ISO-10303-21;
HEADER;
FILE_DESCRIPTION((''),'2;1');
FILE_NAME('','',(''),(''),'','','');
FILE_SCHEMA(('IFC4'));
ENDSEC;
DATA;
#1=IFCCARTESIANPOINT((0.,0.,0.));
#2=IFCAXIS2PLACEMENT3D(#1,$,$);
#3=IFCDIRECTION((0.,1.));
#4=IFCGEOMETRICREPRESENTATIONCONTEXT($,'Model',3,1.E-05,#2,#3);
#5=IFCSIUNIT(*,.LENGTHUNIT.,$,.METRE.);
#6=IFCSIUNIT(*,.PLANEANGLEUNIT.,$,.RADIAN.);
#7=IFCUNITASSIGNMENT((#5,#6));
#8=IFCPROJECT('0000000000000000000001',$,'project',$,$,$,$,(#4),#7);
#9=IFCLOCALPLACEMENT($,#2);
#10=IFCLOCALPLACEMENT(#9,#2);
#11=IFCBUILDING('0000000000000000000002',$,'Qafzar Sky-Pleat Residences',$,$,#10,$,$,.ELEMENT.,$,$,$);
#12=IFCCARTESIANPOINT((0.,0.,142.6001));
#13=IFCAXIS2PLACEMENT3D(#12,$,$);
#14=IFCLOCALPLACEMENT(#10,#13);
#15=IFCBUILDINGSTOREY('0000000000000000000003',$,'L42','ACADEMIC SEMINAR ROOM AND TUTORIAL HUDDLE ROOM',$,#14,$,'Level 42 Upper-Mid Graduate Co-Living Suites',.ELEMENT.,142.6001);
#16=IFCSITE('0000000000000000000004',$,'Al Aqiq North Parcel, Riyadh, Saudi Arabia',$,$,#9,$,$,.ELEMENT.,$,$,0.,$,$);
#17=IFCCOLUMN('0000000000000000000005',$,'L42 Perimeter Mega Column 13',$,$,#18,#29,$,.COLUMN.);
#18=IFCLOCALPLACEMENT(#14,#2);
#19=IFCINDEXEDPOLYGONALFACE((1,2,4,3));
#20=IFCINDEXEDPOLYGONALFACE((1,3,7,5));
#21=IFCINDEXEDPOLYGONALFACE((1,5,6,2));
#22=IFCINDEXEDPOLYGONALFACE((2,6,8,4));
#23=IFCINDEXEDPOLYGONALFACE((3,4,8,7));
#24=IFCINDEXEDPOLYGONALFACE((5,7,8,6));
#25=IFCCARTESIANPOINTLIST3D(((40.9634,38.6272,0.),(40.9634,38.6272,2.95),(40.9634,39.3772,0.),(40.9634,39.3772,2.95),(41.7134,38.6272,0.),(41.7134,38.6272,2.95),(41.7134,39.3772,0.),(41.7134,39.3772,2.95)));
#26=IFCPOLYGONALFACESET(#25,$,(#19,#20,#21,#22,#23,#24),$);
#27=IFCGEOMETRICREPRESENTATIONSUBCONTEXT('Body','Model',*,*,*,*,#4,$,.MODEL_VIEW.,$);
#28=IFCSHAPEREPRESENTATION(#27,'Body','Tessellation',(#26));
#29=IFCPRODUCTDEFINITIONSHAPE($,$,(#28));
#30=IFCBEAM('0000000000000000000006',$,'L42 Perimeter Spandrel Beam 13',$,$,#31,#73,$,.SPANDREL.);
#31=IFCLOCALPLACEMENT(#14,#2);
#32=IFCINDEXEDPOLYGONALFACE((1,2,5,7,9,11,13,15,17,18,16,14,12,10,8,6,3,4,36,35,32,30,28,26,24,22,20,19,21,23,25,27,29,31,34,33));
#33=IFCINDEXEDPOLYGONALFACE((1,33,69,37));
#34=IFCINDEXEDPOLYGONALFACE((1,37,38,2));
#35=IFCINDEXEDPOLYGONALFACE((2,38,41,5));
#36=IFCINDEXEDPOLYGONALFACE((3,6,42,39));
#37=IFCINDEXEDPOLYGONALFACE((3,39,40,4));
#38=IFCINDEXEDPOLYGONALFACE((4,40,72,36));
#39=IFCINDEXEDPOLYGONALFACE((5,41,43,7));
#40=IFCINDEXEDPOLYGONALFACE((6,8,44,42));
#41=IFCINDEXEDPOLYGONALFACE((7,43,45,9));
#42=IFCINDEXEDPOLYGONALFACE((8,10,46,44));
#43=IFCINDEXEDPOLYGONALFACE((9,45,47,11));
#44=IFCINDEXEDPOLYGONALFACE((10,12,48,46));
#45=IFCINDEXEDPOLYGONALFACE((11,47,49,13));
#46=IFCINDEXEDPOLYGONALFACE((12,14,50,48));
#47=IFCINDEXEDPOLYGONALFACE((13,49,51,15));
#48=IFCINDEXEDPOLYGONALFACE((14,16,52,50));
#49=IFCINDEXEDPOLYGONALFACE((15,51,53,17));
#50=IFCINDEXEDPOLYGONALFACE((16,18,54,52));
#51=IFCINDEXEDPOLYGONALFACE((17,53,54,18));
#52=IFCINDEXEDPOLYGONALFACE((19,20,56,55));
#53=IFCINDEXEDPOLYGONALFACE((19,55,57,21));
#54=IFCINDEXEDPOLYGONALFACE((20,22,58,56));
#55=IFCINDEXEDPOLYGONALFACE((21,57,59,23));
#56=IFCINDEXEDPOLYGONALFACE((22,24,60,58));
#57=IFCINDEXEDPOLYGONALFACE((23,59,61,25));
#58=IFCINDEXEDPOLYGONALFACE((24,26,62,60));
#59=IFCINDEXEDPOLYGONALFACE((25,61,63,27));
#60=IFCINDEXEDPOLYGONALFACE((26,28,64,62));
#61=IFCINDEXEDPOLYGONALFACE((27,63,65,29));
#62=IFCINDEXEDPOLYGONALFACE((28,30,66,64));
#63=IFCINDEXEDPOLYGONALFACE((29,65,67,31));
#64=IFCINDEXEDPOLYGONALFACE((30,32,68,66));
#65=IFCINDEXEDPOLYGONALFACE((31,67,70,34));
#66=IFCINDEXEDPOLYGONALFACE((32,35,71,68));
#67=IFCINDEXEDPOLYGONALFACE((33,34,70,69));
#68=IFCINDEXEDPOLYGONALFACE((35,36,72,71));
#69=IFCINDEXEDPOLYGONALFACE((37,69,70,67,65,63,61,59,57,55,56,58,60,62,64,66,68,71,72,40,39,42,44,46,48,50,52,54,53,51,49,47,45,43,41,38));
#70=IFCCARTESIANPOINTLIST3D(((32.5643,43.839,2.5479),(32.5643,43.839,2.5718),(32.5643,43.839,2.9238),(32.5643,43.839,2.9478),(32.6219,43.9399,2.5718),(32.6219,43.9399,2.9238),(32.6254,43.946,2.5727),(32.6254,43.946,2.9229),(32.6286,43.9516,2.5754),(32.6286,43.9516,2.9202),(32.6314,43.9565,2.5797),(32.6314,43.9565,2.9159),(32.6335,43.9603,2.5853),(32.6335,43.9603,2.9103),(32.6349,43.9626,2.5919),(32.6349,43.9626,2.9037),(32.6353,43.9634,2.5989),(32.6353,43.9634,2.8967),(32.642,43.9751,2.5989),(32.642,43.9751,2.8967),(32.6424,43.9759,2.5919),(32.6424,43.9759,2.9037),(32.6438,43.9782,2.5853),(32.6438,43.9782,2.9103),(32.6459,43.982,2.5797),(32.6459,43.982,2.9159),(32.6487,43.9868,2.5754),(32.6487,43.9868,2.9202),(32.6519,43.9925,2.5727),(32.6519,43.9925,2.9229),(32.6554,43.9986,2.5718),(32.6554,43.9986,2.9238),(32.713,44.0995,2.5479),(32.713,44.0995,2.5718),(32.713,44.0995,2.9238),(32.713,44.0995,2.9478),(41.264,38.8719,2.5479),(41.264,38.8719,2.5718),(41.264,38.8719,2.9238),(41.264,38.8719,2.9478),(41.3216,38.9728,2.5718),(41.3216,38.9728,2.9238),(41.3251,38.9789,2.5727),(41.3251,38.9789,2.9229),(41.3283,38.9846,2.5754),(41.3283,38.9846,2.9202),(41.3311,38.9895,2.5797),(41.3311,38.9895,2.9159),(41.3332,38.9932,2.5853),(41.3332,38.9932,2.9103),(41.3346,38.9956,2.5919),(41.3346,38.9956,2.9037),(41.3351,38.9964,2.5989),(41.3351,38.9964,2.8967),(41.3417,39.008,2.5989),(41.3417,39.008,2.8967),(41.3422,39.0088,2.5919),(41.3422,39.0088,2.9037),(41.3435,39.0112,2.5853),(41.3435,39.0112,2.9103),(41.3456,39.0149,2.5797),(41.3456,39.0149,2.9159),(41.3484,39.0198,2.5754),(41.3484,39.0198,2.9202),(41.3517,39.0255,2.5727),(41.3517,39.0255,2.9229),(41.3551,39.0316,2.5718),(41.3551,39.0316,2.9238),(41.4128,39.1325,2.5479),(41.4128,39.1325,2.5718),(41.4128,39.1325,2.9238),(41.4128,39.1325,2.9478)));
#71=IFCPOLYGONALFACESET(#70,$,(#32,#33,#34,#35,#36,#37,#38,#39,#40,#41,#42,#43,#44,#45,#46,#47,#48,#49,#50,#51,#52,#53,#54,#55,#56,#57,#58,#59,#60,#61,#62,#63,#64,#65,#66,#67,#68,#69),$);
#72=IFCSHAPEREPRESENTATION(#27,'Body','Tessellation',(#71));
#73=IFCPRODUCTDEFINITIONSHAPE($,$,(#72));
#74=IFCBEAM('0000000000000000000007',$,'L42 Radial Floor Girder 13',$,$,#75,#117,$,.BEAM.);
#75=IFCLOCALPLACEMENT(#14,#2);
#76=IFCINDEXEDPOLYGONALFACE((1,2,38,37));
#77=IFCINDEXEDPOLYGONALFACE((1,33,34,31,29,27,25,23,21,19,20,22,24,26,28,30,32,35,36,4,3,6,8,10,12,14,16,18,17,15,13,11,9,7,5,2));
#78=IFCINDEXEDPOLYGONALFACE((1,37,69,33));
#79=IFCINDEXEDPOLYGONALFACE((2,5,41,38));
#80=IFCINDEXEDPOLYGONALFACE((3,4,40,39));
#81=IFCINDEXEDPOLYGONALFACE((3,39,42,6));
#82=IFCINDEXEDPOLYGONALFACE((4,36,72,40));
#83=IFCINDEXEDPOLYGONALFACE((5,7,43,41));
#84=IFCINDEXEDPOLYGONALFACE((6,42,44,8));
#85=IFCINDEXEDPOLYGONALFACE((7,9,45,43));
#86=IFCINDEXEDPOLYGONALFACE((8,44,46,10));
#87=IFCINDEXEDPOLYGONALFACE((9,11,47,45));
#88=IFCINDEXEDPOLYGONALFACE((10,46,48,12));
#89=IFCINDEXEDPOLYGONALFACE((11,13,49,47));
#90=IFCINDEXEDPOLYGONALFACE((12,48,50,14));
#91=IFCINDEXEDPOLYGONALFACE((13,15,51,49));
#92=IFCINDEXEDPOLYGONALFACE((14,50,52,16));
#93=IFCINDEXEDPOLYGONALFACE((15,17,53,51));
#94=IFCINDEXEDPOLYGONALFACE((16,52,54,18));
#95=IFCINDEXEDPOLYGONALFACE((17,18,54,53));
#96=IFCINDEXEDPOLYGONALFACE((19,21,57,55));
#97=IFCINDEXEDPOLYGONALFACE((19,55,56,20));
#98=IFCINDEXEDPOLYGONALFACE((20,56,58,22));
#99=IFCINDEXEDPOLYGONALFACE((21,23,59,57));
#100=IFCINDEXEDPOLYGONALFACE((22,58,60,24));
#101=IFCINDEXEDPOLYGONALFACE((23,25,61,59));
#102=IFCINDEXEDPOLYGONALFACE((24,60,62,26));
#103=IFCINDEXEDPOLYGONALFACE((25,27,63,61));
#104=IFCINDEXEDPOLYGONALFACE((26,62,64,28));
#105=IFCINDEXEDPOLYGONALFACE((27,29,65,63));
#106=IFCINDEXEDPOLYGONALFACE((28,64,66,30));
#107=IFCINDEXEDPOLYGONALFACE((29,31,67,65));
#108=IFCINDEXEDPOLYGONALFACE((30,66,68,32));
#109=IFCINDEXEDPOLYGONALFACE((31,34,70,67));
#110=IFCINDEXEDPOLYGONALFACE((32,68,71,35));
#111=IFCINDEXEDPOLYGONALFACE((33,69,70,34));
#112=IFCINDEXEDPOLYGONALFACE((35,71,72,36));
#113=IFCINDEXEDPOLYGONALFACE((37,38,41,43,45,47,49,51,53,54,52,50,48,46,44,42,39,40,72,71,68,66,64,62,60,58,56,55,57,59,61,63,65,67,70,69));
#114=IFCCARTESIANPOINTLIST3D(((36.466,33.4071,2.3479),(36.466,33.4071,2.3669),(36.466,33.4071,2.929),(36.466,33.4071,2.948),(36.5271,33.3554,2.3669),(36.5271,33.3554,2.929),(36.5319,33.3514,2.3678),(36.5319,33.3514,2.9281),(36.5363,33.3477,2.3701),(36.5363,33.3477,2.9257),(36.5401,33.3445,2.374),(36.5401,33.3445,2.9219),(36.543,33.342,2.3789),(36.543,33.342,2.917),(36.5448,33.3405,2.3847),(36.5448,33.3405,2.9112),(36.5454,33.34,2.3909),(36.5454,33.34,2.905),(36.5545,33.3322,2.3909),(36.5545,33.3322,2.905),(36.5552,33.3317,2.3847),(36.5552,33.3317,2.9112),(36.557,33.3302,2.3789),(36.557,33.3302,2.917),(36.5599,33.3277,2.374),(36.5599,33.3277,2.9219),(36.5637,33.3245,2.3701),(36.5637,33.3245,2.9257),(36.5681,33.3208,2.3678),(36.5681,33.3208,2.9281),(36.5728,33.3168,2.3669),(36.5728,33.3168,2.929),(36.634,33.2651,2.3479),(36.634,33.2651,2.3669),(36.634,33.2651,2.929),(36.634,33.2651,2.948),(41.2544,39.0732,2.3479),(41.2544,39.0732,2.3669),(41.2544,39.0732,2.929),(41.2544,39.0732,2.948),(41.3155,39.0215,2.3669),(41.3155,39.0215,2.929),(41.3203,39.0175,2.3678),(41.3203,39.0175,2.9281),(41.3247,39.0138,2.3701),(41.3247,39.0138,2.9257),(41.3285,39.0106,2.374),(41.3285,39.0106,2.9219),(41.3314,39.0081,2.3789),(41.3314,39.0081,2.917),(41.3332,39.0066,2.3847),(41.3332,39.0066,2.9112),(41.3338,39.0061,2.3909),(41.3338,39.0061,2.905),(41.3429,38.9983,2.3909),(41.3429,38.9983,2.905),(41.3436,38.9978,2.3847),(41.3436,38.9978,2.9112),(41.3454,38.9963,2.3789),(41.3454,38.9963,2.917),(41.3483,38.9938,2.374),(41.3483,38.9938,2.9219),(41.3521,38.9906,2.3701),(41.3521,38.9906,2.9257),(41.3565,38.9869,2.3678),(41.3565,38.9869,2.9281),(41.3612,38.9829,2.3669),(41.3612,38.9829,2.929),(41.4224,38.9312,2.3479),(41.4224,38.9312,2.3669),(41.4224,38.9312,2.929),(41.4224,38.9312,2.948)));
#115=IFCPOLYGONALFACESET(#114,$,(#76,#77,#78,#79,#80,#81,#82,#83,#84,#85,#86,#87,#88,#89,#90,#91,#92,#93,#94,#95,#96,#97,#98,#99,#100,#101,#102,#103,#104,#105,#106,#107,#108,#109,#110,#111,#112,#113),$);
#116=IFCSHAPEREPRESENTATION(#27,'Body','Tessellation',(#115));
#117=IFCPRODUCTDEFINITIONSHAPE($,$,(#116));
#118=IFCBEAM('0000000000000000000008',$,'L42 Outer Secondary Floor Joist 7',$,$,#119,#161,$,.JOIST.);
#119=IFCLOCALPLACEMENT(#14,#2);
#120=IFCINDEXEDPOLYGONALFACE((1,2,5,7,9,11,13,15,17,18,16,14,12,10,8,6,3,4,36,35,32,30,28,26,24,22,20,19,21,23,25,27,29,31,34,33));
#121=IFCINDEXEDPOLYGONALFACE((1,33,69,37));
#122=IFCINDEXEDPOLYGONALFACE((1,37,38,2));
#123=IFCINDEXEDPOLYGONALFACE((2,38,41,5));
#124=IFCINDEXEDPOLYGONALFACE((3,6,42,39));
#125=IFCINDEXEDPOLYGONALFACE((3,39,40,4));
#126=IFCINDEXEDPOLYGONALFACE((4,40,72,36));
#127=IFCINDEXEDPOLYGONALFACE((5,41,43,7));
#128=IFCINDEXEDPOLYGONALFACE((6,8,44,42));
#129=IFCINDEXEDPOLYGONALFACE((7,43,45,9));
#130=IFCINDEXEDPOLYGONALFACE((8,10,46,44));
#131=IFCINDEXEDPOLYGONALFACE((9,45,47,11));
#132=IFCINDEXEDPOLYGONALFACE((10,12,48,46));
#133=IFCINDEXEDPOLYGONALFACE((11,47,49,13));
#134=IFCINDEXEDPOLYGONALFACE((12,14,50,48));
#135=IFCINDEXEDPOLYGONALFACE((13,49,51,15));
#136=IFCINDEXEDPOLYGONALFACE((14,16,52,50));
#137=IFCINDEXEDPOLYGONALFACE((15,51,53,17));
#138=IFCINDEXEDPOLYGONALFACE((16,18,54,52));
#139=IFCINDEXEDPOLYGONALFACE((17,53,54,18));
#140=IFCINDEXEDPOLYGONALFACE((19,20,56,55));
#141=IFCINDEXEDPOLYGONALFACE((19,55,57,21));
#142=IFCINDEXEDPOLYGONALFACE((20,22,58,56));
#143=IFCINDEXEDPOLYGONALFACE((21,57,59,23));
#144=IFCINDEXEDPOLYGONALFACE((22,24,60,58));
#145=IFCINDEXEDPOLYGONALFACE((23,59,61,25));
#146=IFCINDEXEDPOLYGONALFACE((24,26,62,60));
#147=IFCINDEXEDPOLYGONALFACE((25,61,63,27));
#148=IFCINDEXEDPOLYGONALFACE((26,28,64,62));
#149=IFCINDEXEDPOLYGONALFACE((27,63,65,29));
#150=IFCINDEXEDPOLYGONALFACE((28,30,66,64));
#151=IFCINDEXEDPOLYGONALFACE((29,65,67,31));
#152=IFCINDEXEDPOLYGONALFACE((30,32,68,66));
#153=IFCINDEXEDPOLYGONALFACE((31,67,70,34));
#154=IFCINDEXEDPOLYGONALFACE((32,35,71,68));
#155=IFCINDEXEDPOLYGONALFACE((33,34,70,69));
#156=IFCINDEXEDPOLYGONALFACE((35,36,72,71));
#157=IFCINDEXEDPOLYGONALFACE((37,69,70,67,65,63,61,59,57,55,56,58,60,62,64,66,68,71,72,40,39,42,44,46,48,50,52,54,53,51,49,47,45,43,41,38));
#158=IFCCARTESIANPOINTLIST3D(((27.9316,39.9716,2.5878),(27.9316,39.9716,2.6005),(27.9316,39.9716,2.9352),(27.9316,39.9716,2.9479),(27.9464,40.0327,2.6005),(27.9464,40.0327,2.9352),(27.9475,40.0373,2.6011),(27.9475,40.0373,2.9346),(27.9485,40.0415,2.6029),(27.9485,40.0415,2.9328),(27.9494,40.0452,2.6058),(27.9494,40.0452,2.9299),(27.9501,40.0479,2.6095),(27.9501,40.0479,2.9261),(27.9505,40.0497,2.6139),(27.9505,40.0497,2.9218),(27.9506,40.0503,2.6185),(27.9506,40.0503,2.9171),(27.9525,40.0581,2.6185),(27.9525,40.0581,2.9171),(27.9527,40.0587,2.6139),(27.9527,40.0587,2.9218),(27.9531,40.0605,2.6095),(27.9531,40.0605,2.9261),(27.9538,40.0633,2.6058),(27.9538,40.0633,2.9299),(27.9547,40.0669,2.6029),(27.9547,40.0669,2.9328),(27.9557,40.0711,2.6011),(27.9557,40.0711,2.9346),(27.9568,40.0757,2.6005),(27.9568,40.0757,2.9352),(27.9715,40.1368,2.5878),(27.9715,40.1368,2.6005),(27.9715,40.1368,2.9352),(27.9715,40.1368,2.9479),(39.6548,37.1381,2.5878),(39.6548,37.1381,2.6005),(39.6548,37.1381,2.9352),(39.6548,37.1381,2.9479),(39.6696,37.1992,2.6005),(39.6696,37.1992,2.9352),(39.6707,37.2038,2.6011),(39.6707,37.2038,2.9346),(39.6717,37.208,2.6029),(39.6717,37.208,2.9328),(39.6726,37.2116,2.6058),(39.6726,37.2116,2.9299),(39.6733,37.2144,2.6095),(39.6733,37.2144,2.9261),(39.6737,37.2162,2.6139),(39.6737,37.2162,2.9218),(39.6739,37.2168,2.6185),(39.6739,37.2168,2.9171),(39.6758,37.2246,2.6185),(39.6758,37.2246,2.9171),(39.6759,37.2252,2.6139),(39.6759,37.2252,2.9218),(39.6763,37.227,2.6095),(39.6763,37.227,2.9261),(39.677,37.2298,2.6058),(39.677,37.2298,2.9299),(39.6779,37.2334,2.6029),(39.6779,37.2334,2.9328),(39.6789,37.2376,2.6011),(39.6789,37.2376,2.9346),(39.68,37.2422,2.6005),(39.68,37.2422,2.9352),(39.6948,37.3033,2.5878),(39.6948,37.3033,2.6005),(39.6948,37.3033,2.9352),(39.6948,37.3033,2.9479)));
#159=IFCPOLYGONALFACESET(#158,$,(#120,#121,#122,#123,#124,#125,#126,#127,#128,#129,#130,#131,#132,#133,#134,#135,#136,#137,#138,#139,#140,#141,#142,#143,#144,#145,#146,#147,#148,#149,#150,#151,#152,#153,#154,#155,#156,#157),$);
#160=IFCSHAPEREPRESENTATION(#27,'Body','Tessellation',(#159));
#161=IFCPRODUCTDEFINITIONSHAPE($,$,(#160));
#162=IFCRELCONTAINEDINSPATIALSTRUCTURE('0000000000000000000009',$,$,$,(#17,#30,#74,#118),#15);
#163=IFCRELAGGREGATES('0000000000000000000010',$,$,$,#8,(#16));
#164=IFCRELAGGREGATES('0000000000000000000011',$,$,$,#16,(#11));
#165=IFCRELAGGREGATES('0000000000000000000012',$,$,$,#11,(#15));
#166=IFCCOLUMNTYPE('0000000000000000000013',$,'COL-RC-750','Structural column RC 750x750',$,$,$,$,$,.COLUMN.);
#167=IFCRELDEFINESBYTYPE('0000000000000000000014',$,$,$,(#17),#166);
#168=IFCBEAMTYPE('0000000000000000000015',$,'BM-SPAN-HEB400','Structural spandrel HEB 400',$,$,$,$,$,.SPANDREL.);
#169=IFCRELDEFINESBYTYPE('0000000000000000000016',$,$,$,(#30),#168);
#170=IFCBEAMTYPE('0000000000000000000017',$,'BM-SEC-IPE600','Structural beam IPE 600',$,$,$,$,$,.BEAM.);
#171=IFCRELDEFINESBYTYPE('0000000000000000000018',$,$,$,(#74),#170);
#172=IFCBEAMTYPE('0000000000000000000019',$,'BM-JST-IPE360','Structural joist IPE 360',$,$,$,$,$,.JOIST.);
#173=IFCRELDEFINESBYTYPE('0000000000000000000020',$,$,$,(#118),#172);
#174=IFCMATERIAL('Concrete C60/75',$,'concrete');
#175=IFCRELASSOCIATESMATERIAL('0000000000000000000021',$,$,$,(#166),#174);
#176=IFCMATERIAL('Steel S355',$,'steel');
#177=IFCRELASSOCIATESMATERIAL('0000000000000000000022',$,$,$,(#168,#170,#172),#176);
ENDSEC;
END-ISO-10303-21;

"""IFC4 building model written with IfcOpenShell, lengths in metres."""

from ifc_helpers import new_model, si_unit, direction, frame, origin, origin_2d, place, context, subcontext, project, spatial, rectangle, i_section, extrude, source, transform, mapped, material, material_profile, profile_set, type_object, element, save


model = new_model("IFC4")

# Units and contexts
model_context = context("Model", 3, precision=1e-05, world=origin(), true_north=direction((0.0, 1.0)))
body_context = subcontext(model_context, "Body", "Model", "MODEL_VIEW")
ifc_project = project(units=[si_unit("LENGTHUNIT", "METRE"), si_unit("PLANEANGLEUNIT", "RADIAN")], contexts=[model_context])

# Site, building, storey
site_placement = place(None, origin())
site = spatial("IfcSite", under=ifc_project, at=site_placement, Name="Al Aqiq North Parcel, Riyadh, Saudi Arabia", CompositionType="ELEMENT", RefElevation=0.0)
building_placement = place(site_placement, origin())
building = spatial("IfcBuilding", under=site, at=building_placement, Name="Qafzar Sky-Pleat Residences", CompositionType="ELEMENT")
storey_placement = place(building_placement, frame((0.0, 0.0, 142.6001)))
storey = spatial("IfcBuildingStorey", under=building, at=storey_placement, Name="L42", Description="ACADEMIC SEMINAR ROOM AND TUTORIAL HUDDLE ROOM", LongName="Level 42 Upper-Mid Graduate Co-Living Suites", CompositionType="ELEMENT", Elevation=142.6001)

# Column
ifc_material_1 = material(Name="Concrete C60/75", Category="concrete")
ifc_material_profile_1 = material_profile(ifc_material_1, rectangle(XDim=0.75, YDim=0.75, at=origin_2d()), Name="RC 750x750")
ifc_profile_set_1 = profile_set([ifc_material_profile_1], Name="Concrete C60/75")
column_type = type_object("IfcColumnType", Name="COL-RC-750", Description="Structural column RC 750x750", PredefinedType="COLUMN", material=ifc_profile_set_1)
shared_shape_1 = source(origin(), body_context, "Body", "SweptSolid", [
    extrude(rectangle(XDim=0.75, YDim=0.75, at=origin_2d()), origin(), (0.0, 0.0, 1.0), 2.95),
])
column_placement = place(storey_placement, frame((41.3384, 39.0022, 0.0), z_axis=(0.0, 0.0, 1.0), x_axis=(1.0, 0.0, 0.0)))
element("IfcColumn", 1, at=column_placement, inside=storey, type_object=column_type, Name="L42 Perimeter Mega Column 13", PredefinedType="COLUMN", context=body_context, shape_type="MappedRepresentation", body=[
    mapped(shared_shape_1, transform((0.0, 0.0, 0.0), x_axis=(1.0, 0.0, 0.0), y_axis=(0.0, 1.0, 0.0), z_axis=(0.0, 0.0, 1.0), scale=1.0)),
])

# Beams
ifc_material_2 = material(Name="Steel S355", Category="steel")
ifc_material_profile_2 = material_profile(ifc_material_2, i_section(OverallWidth=0.3, OverallDepth=0.3999, WebThickness=0.0134, FlangeThickness=0.0239, FilletRadius=0.0271, at=origin_2d()), Name="HEB 400")
ifc_profile_set_2 = profile_set([ifc_material_profile_2], Name="Steel S355")
beam_type_1 = type_object("IfcBeamType", Name="BM-SPAN-HEB400", Description="Structural spandrel HEB 400", PredefinedType="SPANDREL", material=ifc_profile_set_2)
shared_shape_2 = source(origin(), body_context, "Body", "SweptSolid", [
    extrude(i_section(OverallWidth=0.3, OverallDepth=0.3999, WebThickness=0.0134, FlangeThickness=0.0239, FilletRadius=0.0271, at=origin_2d()), origin(), (0.0, 0.0, 1.0), 10.0178),
])
beam_1_placement = place(storey_placement, frame((41.3384, 39.0022, 2.7478), z_axis=(-0.868425, 0.495821, 0.0), x_axis=(-0.495821, -0.868425, 0.0)))
element("IfcBeam", 2, at=beam_1_placement, inside=storey, type_object=beam_type_1, Name="L42 Perimeter Spandrel Beam 13", PredefinedType="SPANDREL", context=body_context, shape_type="MappedRepresentation", body=[
    mapped(shared_shape_2, transform((0.0, 0.0, 0.0), x_axis=(1.0, 0.0, 0.0), y_axis=(0.0, 1.0, 0.0), z_axis=(0.0, 0.0, 1.0), scale=1.0)),
])
ifc_material_profile_3 = material_profile(ifc_material_2, i_section(OverallWidth=0.22, OverallDepth=0.6001, WebThickness=0.012, FlangeThickness=0.019, FilletRadius=0.0239, at=origin_2d()), Name="IPE 600")
ifc_profile_set_3 = profile_set([ifc_material_profile_3], Name="Steel S355")
beam_type_2 = type_object("IfcBeamType", Name="BM-SEC-IPE600", Description="Structural beam IPE 600", PredefinedType="BEAM", material=ifc_profile_set_3)
shared_shape_3 = source(origin(), body_context, "Body", "SweptSolid", [
    extrude(i_section(OverallWidth=0.22, OverallDepth=0.6001, WebThickness=0.012, FlangeThickness=0.019, FilletRadius=0.0239, at=origin_2d()), origin(), (0.0, 0.0, 1.0), 7.4185),
])
beam_2_placement = place(storey_placement, frame((41.3384, 39.0022, 2.6479), z_axis=(-0.645472, -0.763784, 0.0), x_axis=(0.763784, -0.645472, 0.0)))
element("IfcBeam", 3, at=beam_2_placement, inside=storey, type_object=beam_type_2, Name="L42 Radial Floor Girder 13", PredefinedType="BEAM", context=body_context, shape_type="MappedRepresentation", body=[
    mapped(shared_shape_3, transform((0.0, 0.0, 0.0), x_axis=(1.0, 0.0, 0.0), y_axis=(0.0, 1.0, 0.0), z_axis=(0.0, 0.0, 1.0), scale=1.0)),
])
ifc_material_profile_4 = material_profile(ifc_material_2, i_section(OverallWidth=0.1699, OverallDepth=0.3601, WebThickness=0.0081, FlangeThickness=0.0127, FilletRadius=0.0181, at=origin_2d()), Name="IPE 360")
ifc_profile_set_4 = profile_set([ifc_material_profile_4], Name="Steel S355")
beam_type_3 = type_object("IfcBeamType", Name="BM-JST-IPE360", Description="Structural joist IPE 360", PredefinedType="JOIST", material=ifc_profile_set_4)
shared_shape_4 = source(origin(), body_context, "Body", "SweptSolid", [
    extrude(i_section(OverallWidth=0.1699, OverallDepth=0.3601, WebThickness=0.0081, FlangeThickness=0.0127, FilletRadius=0.0181, at=origin_2d()), origin(), (0.0, 0.0, 1.0), 12.0608),
])
beam_3_placement = place(storey_placement, frame((39.6748, 37.2207, 2.7678), z_axis=(-0.972011, 0.234936, 0.0), x_axis=(-0.234936, -0.972011, 0.0)))
element("IfcBeam", 4, at=beam_3_placement, inside=storey, type_object=beam_type_3, Name="L42 Outer Secondary Floor Joist 7", PredefinedType="JOIST", context=body_context, shape_type="MappedRepresentation", body=[
    mapped(shared_shape_4, transform((0.0, 0.0, 0.0), x_axis=(1.0, 0.0, 0.0), y_axis=(0.0, 1.0, 0.0), z_axis=(0.0, 0.0, 1.0), scale=1.0)),
])

save(model, "model.ifc")
